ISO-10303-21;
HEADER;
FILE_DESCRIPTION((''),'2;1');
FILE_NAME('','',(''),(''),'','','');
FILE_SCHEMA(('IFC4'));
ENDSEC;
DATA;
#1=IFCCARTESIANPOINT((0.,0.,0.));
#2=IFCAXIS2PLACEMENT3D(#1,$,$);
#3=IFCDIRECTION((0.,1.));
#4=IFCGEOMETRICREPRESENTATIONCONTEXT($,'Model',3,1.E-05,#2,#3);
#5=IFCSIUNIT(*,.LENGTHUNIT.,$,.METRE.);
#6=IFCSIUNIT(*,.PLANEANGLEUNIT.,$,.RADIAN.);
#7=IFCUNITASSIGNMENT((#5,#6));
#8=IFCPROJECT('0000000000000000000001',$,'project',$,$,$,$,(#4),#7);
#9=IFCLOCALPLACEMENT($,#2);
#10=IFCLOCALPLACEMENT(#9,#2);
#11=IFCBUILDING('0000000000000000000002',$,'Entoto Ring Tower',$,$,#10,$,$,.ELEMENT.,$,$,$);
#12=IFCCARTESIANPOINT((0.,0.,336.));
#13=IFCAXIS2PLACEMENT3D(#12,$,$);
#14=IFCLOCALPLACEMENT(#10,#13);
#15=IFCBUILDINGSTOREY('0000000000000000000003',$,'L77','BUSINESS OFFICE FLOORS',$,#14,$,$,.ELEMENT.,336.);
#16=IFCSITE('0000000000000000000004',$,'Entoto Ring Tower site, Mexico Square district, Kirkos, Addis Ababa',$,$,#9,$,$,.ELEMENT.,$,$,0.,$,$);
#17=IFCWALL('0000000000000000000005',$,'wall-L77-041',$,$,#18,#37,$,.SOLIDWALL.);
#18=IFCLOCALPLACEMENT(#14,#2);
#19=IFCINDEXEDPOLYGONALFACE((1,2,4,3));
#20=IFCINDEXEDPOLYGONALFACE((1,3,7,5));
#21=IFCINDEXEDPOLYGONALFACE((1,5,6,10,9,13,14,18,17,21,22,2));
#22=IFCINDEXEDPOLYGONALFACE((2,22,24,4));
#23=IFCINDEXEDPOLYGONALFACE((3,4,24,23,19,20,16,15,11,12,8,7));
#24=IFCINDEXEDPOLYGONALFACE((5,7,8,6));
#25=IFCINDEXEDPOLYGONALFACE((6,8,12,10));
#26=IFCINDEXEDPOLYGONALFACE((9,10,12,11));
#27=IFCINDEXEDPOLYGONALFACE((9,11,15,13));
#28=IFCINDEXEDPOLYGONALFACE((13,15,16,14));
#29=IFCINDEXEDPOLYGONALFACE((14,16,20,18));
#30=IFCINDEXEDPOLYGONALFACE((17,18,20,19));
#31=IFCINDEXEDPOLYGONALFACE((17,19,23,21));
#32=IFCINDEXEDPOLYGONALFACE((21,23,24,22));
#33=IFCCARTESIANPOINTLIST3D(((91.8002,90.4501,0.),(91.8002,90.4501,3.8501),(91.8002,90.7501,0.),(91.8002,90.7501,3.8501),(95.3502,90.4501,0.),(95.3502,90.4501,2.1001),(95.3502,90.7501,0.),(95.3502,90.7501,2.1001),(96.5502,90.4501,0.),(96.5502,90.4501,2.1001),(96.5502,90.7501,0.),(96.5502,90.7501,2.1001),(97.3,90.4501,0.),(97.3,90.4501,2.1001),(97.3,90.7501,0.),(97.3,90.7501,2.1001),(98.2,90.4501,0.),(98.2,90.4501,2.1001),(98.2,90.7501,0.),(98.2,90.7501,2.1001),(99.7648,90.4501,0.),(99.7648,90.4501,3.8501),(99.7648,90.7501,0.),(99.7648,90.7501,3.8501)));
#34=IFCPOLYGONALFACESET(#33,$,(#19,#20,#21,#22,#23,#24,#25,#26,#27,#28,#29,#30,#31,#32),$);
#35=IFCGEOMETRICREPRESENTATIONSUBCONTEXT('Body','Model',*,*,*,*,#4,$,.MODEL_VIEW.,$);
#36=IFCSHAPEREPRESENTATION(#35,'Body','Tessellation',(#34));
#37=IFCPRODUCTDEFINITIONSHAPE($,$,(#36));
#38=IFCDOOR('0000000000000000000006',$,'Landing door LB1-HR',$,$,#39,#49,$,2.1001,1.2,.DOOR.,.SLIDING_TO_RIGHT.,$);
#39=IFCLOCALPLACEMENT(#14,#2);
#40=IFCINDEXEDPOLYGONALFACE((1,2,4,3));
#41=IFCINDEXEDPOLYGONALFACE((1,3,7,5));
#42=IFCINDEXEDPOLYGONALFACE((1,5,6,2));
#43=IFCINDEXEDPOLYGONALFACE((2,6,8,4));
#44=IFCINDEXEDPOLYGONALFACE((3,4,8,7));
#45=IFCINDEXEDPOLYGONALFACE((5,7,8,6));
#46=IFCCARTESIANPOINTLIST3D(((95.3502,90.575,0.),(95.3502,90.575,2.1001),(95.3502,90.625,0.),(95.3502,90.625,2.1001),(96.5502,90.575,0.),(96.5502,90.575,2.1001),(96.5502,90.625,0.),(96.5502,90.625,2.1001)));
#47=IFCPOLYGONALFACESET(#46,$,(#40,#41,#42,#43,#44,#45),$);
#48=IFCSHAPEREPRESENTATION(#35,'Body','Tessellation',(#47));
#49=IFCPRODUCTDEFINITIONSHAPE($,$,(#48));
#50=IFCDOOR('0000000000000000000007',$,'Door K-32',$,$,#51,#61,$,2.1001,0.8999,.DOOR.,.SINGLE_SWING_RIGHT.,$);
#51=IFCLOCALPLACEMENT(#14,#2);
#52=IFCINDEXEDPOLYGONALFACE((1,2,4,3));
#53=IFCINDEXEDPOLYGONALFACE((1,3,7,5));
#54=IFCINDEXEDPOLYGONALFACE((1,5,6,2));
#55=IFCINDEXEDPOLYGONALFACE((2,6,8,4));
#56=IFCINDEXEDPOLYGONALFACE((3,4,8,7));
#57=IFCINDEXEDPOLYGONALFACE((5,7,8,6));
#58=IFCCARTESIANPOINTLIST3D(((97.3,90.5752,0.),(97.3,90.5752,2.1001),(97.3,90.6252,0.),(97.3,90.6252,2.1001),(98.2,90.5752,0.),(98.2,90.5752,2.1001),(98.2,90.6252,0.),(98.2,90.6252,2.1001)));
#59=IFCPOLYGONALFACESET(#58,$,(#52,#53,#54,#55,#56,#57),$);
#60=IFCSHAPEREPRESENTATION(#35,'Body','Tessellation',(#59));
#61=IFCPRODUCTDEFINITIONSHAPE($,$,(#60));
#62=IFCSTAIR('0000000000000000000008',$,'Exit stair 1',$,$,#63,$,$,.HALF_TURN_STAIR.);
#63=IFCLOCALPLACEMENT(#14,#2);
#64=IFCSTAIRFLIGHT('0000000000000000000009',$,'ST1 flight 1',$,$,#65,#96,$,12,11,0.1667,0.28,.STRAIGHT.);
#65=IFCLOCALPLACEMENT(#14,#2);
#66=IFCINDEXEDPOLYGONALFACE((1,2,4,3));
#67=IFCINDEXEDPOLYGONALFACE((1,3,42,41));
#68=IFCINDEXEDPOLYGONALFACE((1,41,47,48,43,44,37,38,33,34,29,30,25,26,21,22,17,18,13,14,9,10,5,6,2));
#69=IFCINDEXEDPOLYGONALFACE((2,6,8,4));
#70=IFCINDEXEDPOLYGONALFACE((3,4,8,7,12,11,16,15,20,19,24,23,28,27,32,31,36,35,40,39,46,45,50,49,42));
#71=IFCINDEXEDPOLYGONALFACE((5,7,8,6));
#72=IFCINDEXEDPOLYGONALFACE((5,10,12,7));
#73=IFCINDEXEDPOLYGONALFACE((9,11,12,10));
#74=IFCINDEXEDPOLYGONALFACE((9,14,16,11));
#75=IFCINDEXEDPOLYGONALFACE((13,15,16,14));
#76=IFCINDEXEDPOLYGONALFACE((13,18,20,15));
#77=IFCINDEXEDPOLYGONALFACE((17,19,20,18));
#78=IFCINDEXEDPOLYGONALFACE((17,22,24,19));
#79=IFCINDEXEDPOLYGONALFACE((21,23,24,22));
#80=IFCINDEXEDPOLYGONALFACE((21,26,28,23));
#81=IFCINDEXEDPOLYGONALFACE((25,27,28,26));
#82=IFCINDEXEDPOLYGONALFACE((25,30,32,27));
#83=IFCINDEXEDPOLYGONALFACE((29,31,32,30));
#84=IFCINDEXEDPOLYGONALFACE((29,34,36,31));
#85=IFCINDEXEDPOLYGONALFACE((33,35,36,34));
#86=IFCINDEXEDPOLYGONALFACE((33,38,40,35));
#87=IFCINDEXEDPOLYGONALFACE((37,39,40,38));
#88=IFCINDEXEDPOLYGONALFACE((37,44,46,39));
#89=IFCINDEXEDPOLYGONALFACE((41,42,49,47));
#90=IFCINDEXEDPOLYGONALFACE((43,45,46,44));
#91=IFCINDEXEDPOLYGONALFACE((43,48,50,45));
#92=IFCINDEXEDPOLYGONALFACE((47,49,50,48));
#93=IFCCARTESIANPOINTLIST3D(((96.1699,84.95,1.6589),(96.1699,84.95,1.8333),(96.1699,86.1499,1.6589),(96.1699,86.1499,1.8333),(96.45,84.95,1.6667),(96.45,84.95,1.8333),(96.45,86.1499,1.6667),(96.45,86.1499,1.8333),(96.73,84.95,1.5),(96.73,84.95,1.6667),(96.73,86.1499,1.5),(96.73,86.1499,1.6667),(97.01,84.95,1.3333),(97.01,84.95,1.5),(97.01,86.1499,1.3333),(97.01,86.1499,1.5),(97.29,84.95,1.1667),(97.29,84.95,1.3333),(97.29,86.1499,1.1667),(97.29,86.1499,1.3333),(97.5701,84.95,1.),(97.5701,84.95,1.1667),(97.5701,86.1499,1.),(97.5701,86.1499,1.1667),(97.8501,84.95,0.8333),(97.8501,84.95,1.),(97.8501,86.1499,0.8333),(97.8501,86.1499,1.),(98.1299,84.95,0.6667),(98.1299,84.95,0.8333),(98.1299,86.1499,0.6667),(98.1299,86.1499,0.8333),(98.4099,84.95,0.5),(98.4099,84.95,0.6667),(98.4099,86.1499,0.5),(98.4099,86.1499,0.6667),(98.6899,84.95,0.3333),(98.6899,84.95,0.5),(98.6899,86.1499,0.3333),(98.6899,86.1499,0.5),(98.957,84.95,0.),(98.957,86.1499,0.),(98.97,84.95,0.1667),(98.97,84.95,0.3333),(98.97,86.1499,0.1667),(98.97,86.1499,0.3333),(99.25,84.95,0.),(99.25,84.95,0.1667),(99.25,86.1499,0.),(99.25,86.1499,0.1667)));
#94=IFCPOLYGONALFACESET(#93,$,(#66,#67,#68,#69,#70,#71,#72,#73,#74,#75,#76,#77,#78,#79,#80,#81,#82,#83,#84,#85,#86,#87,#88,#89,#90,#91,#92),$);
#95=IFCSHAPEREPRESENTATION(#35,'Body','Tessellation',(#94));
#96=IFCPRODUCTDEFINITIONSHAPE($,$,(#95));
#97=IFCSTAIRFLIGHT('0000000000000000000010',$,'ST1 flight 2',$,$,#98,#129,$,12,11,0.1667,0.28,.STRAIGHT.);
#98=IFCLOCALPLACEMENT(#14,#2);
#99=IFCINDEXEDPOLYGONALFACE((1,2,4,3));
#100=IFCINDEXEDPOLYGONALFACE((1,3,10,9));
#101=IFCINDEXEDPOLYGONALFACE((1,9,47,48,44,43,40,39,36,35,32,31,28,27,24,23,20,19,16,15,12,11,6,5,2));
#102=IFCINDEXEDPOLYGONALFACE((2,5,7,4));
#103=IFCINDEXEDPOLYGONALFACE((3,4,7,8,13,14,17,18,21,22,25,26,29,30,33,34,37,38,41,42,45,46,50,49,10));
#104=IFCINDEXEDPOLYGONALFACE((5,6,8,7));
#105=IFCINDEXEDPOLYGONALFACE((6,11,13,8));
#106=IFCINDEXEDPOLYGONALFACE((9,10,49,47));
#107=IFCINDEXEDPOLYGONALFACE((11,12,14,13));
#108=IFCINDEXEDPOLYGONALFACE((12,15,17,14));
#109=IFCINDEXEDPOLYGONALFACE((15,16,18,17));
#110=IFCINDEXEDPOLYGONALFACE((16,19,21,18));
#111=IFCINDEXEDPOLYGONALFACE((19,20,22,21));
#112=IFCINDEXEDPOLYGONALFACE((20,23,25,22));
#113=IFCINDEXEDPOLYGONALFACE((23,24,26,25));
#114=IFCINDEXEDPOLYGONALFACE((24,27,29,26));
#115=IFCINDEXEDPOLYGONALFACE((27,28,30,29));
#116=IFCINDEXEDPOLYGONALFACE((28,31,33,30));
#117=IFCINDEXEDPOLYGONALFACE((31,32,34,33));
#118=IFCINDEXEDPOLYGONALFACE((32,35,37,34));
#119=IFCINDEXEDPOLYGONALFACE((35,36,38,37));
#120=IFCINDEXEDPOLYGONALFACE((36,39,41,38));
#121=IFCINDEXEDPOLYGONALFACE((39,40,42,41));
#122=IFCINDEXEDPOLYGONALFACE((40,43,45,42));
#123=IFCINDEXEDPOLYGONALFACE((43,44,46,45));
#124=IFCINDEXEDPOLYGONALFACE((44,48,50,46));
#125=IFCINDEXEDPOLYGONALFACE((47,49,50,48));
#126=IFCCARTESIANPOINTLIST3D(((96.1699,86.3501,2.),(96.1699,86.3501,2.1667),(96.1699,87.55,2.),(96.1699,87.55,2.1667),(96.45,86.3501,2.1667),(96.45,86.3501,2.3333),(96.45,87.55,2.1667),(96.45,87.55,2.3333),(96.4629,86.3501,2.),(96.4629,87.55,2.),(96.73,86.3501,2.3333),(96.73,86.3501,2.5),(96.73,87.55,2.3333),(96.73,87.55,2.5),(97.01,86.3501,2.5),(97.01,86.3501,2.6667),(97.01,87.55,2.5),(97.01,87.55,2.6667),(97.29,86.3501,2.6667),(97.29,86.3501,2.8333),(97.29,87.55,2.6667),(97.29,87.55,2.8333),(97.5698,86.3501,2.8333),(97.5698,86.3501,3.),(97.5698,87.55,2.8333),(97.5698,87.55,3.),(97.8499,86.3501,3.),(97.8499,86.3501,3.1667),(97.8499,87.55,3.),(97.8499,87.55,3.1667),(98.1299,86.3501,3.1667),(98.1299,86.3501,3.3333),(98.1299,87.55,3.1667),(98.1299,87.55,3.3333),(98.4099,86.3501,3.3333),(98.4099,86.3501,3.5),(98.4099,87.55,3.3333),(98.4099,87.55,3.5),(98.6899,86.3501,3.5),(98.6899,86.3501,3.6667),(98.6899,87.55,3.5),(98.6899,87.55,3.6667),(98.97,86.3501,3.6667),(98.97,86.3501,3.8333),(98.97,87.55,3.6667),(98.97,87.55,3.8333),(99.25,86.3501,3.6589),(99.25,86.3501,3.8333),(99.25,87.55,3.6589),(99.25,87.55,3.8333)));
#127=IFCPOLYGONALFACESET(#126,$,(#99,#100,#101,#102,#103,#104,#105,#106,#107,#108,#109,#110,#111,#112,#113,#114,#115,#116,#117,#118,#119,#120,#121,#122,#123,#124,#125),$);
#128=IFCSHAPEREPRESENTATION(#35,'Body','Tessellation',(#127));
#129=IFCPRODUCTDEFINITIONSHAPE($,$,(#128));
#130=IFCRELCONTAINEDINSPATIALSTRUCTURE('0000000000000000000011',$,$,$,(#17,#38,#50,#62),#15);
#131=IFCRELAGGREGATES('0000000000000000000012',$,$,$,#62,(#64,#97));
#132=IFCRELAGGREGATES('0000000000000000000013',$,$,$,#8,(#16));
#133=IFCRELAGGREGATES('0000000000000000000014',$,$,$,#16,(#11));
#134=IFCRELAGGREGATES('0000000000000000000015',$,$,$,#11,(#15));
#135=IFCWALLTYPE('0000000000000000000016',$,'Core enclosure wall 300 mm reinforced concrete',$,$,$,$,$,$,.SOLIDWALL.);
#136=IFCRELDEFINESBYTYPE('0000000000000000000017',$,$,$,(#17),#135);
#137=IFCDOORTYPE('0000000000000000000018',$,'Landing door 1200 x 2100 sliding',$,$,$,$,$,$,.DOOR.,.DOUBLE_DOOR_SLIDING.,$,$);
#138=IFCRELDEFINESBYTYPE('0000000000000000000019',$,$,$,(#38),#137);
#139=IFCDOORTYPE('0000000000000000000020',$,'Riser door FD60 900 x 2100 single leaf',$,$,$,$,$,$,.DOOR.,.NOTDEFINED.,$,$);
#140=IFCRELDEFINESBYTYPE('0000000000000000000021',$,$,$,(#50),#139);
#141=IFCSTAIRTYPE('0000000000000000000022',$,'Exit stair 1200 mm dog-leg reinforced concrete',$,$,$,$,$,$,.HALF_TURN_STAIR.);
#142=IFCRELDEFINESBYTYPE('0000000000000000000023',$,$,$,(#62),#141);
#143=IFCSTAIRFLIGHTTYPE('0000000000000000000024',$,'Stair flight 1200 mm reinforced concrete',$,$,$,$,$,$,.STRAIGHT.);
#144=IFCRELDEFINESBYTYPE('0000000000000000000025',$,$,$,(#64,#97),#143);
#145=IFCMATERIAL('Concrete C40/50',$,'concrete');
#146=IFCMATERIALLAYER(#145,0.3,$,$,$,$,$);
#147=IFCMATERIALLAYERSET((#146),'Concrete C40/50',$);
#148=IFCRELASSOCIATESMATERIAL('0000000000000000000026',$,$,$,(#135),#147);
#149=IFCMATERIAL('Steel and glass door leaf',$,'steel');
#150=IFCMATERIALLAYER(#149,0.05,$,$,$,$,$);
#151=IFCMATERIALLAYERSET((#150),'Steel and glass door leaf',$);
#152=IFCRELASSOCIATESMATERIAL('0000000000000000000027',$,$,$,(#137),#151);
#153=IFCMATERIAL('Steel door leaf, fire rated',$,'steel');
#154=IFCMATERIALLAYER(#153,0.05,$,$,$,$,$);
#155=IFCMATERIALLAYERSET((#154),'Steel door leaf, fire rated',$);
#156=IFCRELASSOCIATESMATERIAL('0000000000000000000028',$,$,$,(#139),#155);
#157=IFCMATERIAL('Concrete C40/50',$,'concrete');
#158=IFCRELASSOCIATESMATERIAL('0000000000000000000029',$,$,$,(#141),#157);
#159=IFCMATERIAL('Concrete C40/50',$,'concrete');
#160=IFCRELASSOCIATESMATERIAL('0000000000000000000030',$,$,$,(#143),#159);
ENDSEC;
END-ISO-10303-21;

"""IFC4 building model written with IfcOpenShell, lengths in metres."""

from ifc_helpers import new_model, si_unit, direction, frame, frame_2d, origin, place, context, subcontext, project, spatial, polyline, rectangle, outline, extrude, material, layer, layer_set, type_object, element, fill, aggregate, save


model = new_model("IFC4")

# Units and contexts
model_context = context("Model", 3, precision=1e-05, world=origin(), true_north=direction((0.0, 1.0)))
body_context = subcontext(model_context, "Body", "Model", "MODEL_VIEW")
ifc_project = project(units=[si_unit("LENGTHUNIT", "METRE"), si_unit("PLANEANGLEUNIT", "RADIAN")], contexts=[model_context])

# Site, building, storey
site_placement = place(None, origin())
site = spatial("IfcSite", under=ifc_project, at=site_placement, Name="Entoto Ring Tower site, Mexico Square district, Kirkos, Addis Ababa", CompositionType="ELEMENT", RefElevation=0.0)
building_placement = place(site_placement, origin())
building = spatial("IfcBuilding", under=site, at=building_placement, Name="Entoto Ring Tower", CompositionType="ELEMENT")
storey_placement = place(building_placement, frame((0.0, 0.0, 336.0)))
storey = spatial("IfcBuildingStorey", under=building, at=storey_placement, Name="L77", Description="BUSINESS OFFICE FLOORS", CompositionType="ELEMENT", Elevation=336.0)

# Shared definitions
ifc_material_1 = material(Name="Concrete C40/50", Category="concrete")
ifc_layer_1 = layer(ifc_material_1, 0.3)
ifc_layer_set_1 = layer_set([ifc_layer_1], Name="Concrete C40/50")
wall_type = type_object("IfcWallType", Name="Core enclosure wall 300 mm reinforced concrete", PredefinedType="SOLIDWALL", material=ifc_layer_set_1)

# Shared definitions
ifc_material_2 = material(Name="Steel and glass door leaf", Category="steel")
ifc_layer_2 = layer(ifc_material_2, 0.05)
ifc_layer_set_2 = layer_set([ifc_layer_2], Name="Steel and glass door leaf")
door_type_1 = type_object("IfcDoorType", Name="Landing door 1200 x 2100 sliding", OperationType="DOUBLE_DOOR_SLIDING", PredefinedType="DOOR", material=ifc_layer_set_2)

# Wall, openings, doors
wall_1_placement = place(storey_placement, frame((91.8, 90.6001, 0.0), z_axis=(0.0, 0.0, 1.0), x_axis=(1.0, 0.0, 0.0)))
wall_1 = element("IfcWall", 1, at=wall_1_placement, inside=storey, type_object=wall_type, Name="wall-L77-041", PredefinedType="SOLIDWALL", context=body_context, shape_type="SweptSolid", body=[
    extrude(rectangle(XDim=7.9646, YDim=0.3, at=frame_2d((3.9824, 0.0))), origin(), (0.0, 0.0, 1.0), 3.8501),
])
opening_1_placement = place(wall_1_placement, frame((3.55, 0.0, 0.0)))
opening_1 = element("IfcOpeningElement", 2, at=opening_1_placement, cuts=wall_1, PredefinedType="OPENING", context=body_context, shape_type="SweptSolid", body=[
    extrude(rectangle(XDim=1.2, YDim=2.1001, at=frame_2d((0.6001, 1.05))), frame((0.0, 0.1602, 0.0), z_axis=(0.0, -1.0, 0.0), x_axis=(1.0, 0.0, 0.0)), (0.0, 0.0, 1.0), 0.3201),
])
opening_2_placement = place(wall_1_placement, frame((5.5, 0.0, 0.0)))
opening_2 = element("IfcOpeningElement", 3, at=opening_2_placement, cuts=wall_1, PredefinedType="OPENING", context=body_context, shape_type="SweptSolid", body=[
    extrude(rectangle(XDim=0.8999, YDim=2.1001, at=frame_2d((0.45, 1.05))), frame((0.0, 0.1602, 0.0), z_axis=(0.0, -1.0, 0.0), x_axis=(1.0, 0.0, 0.0)), (0.0, 0.0, 1.0), 0.3201),
])
door_1_placement = place(opening_1_placement, origin())
door_1 = element("IfcDoor", 4, at=door_1_placement, inside=storey, type_object=door_type_1, Name="Landing door LB1-HR", OperationType="SLIDING_TO_RIGHT", OverallHeight=2.1001, OverallWidth=1.2, PredefinedType="DOOR", context=body_context, shape_type="SweptSolid", body=[
    extrude(rectangle(XDim=1.2, YDim=2.1001, at=frame_2d((0.6001, 1.05))), frame((0.0, 0.0249, 0.0), z_axis=(0.0, -1.0, 0.0), x_axis=(1.0, 0.0, 0.0)), (0.0, 0.0, 1.0), 0.05),
])
fill(opening_1, door_1)
ifc_material_3 = material(Name="Steel door leaf, fire rated", Category="steel")
ifc_layer_3 = layer(ifc_material_3, 0.05)
ifc_layer_set_3 = layer_set([ifc_layer_3], Name="Steel door leaf, fire rated")
door_type_2 = type_object("IfcDoorType", Name="Riser door FD60 900 x 2100 single leaf", OperationType="NOTDEFINED", PredefinedType="DOOR", material=ifc_layer_set_3)
door_2_placement = place(opening_2_placement, frame((0.8999, 0.0, 0.0), z_axis=(0.0, 0.0, 1.0), x_axis=(-1.0, 0.0, 0.0)))
door_2 = element("IfcDoor", 5, at=door_2_placement, inside=storey, type_object=door_type_2, Name="Door K-32", OperationType="SINGLE_SWING_RIGHT", OverallHeight=2.1001, OverallWidth=0.8999, PredefinedType="DOOR", context=body_context, shape_type="SweptSolid", body=[
    extrude(rectangle(XDim=0.8999, YDim=2.1001, at=frame_2d((0.45, 1.05))), frame((0.0, 0.0249, 0.0), z_axis=(0.0, -1.0, 0.0), x_axis=(1.0, 0.0, 0.0)), (0.0, 0.0, 1.0), 0.05),
])
fill(opening_2, door_2)

# Stair, stair flights
ifc_material_4 = material(Name="Concrete C40/50", Category="concrete")
stair_type = type_object("IfcStairType", Name="Exit stair 1200 mm dog-leg reinforced concrete", PredefinedType="HALF_TURN_STAIR", material=ifc_material_4)
stair_placement = place(storey_placement, origin())
stair = element("IfcStair", 6, at=stair_placement, inside=storey, type_object=stair_type, Name="Exit stair 1", PredefinedType="HALF_TURN_STAIR")
ifc_material_5 = material(Name="Concrete C40/50", Category="concrete")
stair_flight_type = type_object("IfcStairFlightType", Name="Stair flight 1200 mm reinforced concrete", PredefinedType="STRAIGHT", material=ifc_material_5)
stair_flight_1_placement = place(storey_placement, frame((99.25, 85.55, 0.0), z_axis=(0.0, 0.0, 1.0), x_axis=(-1.0, 0.0, 0.0)))
stair_flight_1 = element("IfcStairFlight", 7, at=stair_flight_1_placement, type_object=stair_flight_type, Name="ST1 flight 1", NumberOfRisers=12, NumberOfTreads=11, PredefinedType="STRAIGHT", RiserHeight=0.1667, TreadLength=0.28, context=body_context, shape_type="SweptSolid", body=[
    extrude(outline(polyline([(0.0, 0.0), (0.0, 0.1667), (0.28, 0.1667), (0.28, 0.3333), (0.5601, 0.3333), (0.5601, 0.5), (0.8401, 0.5), (0.8401, 0.6667), (1.1201, 0.6667), (1.1201, 0.8333), (1.3999, 0.8333), (1.3999, 1.0), (1.6799, 1.0), (1.6799, 1.1667), (1.96, 1.1667), (1.96, 1.3333), (2.24, 1.3333), (2.24, 1.5), (2.52, 1.5), (2.52, 1.6667), (2.8, 1.6667), (2.8, 1.8333), (3.0801, 1.8333), (3.0801, 2.0), (3.0801, 1.6589), (0.293, 0.0), (0.0, 0.0)])), frame((0.0, 0.6001, 0.0), z_axis=(0.0, -1.0, 0.0), x_axis=(1.0, 0.0, 0.0)), (0.0, 0.0, 1.0), 1.2),
])
stair_flight_2_placement = place(storey_placement, frame((96.1699, 86.95, 2.0), z_axis=(0.0, 0.0, 1.0), x_axis=(1.0, 0.0, 0.0)))
stair_flight_2 = element("IfcStairFlight", 8, at=stair_flight_2_placement, type_object=stair_flight_type, Name="ST1 flight 2", NumberOfRisers=12, NumberOfTreads=11, PredefinedType="STRAIGHT", RiserHeight=0.1667, TreadLength=0.28, context=body_context, shape_type="SweptSolid", body=[
    extrude(outline(polyline([(0.0, 0.0), (0.0, 0.1667), (0.28, 0.1667), (0.28, 0.3333), (0.5601, 0.3333), (0.5601, 0.5), (0.8401, 0.5), (0.8401, 0.6667), (1.1201, 0.6667), (1.1201, 0.8333), (1.3999, 0.8333), (1.3999, 1.0), (1.6799, 1.0), (1.6799, 1.1667), (1.96, 1.1667), (1.96, 1.3333), (2.24, 1.3333), (2.24, 1.5), (2.52, 1.5), (2.52, 1.6667), (2.8, 1.6667), (2.8, 1.8333), (3.0801, 1.8333), (3.0801, 2.0), (3.0801, 1.6589), (0.293, 0.0), (0.0, 0.0)])), frame((0.0, 0.6001, 0.0), z_axis=(0.0, -1.0, 0.0), x_axis=(1.0, 0.0, 0.0)), (0.0, 0.0, 1.0), 1.2),
])
aggregate(stair, [stair_flight_1, stair_flight_2])

save(model, "model.ifc")
